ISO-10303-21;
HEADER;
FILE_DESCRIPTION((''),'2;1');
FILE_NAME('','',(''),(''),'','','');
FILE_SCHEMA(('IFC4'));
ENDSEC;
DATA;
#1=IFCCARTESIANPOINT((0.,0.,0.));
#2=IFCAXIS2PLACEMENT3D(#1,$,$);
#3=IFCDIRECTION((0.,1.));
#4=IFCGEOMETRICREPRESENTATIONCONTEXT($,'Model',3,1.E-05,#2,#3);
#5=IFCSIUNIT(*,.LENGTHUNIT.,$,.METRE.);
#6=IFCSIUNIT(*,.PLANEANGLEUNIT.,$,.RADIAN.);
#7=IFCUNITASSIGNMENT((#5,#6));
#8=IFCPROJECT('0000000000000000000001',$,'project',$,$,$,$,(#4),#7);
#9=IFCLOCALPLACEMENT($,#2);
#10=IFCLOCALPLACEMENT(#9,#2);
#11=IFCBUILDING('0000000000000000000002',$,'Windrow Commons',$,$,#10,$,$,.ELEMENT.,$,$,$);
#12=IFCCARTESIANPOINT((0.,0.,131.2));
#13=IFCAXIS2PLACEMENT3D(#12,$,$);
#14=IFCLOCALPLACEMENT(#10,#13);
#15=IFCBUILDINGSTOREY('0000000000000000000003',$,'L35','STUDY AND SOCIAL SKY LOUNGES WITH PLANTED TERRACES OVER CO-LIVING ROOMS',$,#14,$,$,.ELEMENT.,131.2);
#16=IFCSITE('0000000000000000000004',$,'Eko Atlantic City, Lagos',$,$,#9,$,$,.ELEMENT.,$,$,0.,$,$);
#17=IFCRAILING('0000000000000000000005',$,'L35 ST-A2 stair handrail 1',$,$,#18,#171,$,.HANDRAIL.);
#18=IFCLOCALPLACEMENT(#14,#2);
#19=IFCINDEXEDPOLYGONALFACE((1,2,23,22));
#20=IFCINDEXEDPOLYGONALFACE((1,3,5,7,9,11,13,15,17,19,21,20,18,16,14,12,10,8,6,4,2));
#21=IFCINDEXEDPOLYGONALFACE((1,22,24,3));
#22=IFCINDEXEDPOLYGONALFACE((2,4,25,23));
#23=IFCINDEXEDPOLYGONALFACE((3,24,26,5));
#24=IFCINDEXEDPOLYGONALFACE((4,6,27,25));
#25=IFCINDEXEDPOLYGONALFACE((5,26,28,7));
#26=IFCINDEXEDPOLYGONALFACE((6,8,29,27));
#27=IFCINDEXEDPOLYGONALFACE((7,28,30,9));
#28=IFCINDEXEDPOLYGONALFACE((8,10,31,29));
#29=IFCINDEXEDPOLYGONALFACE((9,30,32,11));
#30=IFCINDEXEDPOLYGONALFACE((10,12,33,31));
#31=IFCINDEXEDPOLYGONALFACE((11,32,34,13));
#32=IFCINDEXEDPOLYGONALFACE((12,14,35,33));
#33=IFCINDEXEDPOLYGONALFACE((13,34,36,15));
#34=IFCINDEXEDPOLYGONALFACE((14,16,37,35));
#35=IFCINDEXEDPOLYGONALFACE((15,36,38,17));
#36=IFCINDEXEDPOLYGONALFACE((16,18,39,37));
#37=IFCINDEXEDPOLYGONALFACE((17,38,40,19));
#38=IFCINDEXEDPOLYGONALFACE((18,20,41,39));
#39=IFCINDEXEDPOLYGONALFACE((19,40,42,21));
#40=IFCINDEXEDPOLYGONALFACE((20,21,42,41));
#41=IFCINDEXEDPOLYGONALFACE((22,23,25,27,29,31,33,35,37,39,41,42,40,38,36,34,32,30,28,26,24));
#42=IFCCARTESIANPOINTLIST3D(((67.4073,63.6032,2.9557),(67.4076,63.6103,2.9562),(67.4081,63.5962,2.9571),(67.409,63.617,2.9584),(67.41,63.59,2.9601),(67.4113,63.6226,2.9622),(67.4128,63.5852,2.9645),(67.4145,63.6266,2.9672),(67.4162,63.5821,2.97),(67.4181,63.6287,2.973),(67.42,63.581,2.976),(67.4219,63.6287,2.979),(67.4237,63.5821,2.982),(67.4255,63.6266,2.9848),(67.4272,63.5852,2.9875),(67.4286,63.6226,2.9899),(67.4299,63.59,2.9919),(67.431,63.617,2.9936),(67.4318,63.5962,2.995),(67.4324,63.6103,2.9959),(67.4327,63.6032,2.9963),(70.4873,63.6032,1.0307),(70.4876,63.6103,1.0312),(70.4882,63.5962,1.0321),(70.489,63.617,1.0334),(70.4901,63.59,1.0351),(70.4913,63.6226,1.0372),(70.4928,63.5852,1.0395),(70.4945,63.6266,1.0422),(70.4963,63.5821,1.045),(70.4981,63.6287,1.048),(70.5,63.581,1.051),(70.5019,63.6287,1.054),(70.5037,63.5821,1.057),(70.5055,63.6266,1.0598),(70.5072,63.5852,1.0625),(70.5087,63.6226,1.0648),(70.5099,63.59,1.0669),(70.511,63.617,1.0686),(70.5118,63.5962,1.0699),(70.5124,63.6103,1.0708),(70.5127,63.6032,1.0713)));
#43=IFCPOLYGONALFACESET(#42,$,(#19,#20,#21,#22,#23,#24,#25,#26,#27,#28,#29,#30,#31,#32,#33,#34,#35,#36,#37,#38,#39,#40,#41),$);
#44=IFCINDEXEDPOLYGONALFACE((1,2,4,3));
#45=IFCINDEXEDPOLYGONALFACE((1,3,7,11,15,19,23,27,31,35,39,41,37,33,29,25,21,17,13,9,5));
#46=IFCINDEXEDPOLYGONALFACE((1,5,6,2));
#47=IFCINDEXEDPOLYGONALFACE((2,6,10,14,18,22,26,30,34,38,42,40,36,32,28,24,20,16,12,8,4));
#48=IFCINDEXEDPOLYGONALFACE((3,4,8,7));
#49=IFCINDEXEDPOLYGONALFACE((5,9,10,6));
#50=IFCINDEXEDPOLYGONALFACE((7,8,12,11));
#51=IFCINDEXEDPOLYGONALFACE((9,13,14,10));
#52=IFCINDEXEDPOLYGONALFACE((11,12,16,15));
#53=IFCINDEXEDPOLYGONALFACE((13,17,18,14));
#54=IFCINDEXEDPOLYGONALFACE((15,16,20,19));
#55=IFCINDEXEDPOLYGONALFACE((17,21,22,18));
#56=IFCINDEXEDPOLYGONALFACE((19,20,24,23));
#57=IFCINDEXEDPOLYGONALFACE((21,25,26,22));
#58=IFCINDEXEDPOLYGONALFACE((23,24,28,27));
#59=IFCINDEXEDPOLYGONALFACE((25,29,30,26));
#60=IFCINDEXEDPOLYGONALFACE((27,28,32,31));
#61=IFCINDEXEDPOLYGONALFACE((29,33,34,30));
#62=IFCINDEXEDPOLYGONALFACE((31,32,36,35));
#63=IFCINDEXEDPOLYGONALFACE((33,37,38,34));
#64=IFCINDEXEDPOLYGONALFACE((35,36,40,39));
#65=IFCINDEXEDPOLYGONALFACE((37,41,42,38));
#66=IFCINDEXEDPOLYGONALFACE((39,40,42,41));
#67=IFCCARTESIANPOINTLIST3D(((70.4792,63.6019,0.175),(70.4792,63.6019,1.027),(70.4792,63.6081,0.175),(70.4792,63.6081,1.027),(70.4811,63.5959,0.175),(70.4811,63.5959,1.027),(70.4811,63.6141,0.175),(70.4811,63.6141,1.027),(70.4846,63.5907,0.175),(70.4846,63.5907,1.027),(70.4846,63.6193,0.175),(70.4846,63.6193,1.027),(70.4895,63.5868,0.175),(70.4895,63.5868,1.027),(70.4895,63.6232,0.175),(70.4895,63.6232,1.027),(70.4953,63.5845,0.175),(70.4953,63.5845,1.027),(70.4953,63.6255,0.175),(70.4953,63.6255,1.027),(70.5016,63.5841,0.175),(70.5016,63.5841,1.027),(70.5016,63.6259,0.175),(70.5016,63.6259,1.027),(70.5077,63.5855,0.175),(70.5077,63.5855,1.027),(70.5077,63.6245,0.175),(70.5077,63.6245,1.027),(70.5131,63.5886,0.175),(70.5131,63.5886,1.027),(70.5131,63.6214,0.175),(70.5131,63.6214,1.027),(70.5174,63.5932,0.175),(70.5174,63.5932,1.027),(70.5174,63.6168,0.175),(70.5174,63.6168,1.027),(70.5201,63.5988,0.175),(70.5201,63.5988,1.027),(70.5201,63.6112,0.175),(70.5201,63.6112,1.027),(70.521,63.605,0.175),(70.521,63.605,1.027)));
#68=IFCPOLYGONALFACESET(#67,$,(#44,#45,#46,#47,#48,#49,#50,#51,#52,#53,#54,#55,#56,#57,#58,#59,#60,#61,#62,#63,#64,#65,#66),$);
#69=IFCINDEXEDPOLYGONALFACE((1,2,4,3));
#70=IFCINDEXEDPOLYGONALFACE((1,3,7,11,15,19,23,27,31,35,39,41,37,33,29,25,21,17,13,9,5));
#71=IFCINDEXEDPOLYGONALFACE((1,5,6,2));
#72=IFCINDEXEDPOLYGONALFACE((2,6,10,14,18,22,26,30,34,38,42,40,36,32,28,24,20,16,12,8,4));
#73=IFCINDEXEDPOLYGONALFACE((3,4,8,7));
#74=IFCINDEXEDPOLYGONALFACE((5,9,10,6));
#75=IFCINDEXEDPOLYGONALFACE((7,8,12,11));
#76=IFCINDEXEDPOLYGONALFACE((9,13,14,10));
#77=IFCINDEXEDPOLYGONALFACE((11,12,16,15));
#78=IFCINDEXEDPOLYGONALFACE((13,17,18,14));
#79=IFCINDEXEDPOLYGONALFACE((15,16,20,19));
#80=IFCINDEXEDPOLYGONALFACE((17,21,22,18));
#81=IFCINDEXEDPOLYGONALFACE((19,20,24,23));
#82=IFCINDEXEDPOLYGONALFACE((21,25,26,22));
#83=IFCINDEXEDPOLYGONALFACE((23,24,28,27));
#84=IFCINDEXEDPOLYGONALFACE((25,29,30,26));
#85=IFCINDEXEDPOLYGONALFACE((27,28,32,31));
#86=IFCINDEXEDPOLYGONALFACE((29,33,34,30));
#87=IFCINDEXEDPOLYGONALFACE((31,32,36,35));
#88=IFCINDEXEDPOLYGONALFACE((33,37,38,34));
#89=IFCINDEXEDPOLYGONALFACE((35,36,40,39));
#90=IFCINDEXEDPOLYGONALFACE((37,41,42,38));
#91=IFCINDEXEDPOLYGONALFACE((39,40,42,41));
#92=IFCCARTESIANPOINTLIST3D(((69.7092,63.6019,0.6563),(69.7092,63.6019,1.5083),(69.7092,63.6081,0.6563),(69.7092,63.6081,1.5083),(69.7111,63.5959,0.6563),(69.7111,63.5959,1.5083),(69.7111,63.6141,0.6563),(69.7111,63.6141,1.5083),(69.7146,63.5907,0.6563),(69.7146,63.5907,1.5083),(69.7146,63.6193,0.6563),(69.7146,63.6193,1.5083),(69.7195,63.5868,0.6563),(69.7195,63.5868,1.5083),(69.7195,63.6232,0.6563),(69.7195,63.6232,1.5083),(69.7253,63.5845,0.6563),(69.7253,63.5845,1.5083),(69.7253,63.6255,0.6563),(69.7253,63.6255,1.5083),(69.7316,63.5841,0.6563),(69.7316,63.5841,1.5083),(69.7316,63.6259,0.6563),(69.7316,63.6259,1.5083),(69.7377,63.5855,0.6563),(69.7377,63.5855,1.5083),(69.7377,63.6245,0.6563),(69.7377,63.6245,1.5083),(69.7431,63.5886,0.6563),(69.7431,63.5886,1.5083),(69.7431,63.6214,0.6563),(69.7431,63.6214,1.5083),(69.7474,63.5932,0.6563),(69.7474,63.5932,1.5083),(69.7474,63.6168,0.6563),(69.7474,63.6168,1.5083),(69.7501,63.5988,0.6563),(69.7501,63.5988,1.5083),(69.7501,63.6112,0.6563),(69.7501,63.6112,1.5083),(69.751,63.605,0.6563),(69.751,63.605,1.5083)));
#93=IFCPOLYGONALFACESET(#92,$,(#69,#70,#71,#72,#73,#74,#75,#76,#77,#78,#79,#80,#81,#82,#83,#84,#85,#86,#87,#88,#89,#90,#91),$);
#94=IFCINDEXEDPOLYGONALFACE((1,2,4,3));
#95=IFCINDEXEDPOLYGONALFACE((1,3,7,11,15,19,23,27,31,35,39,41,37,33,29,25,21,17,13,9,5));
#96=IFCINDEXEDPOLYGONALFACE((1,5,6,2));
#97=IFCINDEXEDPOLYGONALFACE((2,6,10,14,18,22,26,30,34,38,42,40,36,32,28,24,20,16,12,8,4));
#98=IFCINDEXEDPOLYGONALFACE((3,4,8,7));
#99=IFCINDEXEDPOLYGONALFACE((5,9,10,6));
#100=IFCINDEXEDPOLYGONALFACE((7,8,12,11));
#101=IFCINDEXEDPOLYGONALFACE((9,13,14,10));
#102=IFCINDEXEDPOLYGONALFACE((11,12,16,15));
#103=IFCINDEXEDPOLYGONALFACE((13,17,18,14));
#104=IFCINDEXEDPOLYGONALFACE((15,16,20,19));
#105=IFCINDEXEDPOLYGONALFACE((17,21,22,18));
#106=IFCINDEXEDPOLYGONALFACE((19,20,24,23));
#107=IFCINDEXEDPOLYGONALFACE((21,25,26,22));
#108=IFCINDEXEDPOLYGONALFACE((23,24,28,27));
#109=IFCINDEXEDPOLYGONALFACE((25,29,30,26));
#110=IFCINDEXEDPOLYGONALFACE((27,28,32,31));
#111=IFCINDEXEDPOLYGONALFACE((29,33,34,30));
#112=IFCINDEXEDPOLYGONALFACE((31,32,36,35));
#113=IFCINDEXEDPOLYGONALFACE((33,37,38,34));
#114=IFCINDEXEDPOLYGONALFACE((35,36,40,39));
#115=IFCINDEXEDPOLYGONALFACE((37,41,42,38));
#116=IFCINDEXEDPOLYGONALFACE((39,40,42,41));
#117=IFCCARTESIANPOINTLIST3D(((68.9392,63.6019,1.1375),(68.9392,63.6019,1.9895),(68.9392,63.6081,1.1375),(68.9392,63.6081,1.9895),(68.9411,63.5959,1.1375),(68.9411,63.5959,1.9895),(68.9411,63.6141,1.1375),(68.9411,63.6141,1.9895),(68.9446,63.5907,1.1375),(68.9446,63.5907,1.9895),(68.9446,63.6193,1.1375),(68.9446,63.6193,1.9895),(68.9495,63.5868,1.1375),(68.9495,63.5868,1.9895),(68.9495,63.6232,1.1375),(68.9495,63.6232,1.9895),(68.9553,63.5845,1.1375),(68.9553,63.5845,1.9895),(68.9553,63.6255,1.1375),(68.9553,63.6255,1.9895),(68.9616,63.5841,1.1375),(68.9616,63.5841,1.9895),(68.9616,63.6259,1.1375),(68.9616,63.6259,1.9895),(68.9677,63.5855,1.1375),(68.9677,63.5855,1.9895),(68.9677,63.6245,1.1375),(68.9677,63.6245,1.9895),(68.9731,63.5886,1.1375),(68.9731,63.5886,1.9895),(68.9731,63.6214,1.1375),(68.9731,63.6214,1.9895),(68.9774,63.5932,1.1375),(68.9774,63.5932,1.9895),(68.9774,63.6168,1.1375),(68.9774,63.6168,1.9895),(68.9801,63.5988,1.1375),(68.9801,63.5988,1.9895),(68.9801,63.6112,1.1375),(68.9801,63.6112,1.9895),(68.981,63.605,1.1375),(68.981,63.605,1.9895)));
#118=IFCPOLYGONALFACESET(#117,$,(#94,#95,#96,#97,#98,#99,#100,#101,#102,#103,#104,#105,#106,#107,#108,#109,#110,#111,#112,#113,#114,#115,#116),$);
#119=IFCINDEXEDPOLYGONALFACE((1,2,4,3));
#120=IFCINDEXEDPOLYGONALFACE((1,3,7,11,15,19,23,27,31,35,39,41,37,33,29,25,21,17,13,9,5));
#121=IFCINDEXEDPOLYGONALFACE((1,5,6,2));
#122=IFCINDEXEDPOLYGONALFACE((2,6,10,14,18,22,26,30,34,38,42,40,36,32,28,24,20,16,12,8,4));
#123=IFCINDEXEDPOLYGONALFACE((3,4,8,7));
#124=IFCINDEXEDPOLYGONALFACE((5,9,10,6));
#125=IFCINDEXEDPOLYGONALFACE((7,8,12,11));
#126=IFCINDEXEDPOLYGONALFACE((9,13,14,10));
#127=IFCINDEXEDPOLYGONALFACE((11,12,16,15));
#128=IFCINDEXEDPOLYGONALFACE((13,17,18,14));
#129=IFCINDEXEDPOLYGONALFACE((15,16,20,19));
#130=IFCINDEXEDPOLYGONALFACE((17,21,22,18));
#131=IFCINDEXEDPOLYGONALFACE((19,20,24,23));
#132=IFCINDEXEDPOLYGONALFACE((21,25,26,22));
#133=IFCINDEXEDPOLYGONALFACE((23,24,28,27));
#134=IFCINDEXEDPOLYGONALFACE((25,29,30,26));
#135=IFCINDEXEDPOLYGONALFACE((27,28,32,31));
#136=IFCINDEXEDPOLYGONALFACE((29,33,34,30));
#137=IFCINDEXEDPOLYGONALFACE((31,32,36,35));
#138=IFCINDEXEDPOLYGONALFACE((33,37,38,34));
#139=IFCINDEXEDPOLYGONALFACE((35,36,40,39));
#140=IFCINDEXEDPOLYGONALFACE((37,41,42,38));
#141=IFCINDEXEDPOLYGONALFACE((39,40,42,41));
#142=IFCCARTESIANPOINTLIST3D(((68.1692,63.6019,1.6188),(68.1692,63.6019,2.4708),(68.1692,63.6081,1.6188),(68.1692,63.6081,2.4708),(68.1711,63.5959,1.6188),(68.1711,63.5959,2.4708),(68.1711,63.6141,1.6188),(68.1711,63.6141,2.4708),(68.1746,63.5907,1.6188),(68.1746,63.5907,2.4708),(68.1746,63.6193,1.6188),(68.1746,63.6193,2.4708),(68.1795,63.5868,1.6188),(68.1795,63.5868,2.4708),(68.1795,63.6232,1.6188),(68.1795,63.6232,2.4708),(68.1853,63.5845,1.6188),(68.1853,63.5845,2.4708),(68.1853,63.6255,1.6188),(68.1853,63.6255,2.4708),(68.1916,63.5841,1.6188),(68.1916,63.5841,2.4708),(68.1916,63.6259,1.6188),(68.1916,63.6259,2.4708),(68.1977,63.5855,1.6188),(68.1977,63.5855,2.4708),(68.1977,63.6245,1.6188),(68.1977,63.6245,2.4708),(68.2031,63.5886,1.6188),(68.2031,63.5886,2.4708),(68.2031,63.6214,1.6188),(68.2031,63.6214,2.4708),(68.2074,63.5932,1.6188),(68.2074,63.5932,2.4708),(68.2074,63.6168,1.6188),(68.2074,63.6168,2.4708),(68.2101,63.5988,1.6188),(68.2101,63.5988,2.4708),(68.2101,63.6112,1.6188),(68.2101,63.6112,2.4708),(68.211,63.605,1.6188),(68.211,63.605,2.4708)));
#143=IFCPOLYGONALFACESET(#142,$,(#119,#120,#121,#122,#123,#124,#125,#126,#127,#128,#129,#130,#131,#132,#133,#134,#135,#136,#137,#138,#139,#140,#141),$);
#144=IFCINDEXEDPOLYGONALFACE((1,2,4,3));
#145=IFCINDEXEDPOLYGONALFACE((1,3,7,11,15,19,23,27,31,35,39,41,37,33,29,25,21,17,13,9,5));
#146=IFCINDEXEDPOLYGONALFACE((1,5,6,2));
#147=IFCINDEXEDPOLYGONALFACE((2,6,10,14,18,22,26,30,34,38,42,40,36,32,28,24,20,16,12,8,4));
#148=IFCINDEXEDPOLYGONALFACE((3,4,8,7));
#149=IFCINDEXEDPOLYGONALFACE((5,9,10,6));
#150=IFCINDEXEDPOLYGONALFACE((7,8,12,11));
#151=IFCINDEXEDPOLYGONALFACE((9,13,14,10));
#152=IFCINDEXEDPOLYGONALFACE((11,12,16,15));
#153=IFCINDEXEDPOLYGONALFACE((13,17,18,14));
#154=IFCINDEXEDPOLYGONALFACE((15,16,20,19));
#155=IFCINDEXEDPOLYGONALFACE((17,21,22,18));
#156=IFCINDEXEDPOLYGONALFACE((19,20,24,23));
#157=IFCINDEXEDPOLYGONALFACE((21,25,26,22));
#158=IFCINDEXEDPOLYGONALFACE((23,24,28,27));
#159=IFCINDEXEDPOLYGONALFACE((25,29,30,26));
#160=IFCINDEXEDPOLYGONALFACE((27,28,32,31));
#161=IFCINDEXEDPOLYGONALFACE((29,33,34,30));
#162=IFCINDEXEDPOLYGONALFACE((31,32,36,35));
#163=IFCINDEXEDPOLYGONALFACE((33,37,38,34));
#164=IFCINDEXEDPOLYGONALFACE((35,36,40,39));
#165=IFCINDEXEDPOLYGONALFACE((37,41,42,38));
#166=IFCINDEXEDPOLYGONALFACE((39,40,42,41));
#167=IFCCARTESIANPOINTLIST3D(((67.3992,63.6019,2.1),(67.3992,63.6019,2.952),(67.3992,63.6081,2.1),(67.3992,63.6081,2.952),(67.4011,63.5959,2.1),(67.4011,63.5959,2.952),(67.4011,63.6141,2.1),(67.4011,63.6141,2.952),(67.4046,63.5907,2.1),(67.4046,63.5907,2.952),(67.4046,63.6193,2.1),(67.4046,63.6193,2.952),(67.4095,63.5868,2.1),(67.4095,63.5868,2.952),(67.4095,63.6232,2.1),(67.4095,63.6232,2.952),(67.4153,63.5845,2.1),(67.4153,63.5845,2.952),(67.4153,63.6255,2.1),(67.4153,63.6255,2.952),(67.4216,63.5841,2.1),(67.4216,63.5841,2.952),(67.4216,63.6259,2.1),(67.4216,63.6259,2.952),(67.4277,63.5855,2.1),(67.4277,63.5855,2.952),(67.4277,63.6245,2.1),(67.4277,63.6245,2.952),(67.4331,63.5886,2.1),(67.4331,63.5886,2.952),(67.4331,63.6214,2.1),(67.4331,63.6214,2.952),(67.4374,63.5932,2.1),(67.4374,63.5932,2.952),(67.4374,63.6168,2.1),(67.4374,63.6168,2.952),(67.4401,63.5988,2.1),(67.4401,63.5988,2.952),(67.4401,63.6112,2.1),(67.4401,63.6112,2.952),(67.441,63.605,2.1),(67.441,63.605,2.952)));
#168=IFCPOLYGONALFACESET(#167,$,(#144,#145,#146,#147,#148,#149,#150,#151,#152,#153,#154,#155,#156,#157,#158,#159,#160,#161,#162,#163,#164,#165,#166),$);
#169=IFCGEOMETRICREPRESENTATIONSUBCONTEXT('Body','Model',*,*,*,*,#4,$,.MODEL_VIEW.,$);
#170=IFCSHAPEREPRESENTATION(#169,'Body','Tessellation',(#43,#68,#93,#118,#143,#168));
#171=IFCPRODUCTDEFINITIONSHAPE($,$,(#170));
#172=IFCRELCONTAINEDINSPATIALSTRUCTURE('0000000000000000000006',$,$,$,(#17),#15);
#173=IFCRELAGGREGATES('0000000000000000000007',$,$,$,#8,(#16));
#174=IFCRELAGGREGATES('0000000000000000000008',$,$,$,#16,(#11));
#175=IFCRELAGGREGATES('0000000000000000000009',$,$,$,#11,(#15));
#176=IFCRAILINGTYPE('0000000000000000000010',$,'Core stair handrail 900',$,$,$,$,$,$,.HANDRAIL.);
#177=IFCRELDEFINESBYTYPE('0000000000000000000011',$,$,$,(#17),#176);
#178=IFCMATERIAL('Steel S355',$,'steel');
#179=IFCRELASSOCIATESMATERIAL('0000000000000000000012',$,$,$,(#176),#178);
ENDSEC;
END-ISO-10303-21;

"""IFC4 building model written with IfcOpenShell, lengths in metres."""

from ifc_helpers import new_model, si_unit, direction, frame, origin, origin_2d, place, context, subcontext, project, spatial, circle, extrude, material, type_object, element, save


model = new_model("IFC4")

# Units and contexts
model_context = context("Model", 3, precision=1e-05, world=origin(), true_north=direction((0.0, 1.0)))
body_context = subcontext(model_context, "Body", "Model", "MODEL_VIEW")
ifc_project = project(units=[si_unit("LENGTHUNIT", "METRE"), si_unit("PLANEANGLEUNIT", "RADIAN")], contexts=[model_context])

# Site, building, storey
site_placement = place(None, origin())
site = spatial("IfcSite", under=ifc_project, at=site_placement, Name="Eko Atlantic City, Lagos", CompositionType="ELEMENT", RefElevation=0.0)
building_placement = place(site_placement, origin())
building = spatial("IfcBuilding", under=site, at=building_placement, Name="Windrow Commons", CompositionType="ELEMENT")
storey_placement = place(building_placement, frame((0.0, 0.0, 131.2)))
storey = spatial("IfcBuildingStorey", under=building, at=storey_placement, Name="L35", Description="STUDY AND SOCIAL SKY LOUNGES WITH PLANTED TERRACES OVER CO-LIVING ROOMS", CompositionType="ELEMENT", Elevation=131.2)

# Railing
ifc_material_1 = material(Name="Steel S355", Category="steel")
railing_type_1 = type_object("IfcRailingType", Name="Core stair handrail 900", PredefinedType="HANDRAIL", material=ifc_material_1)
railing_1_placement = place(storey_placement, frame((70.5, 63.605, 0.175)))
element("IfcRailing", 1, at=railing_1_placement, inside=storey, type_object=railing_type_1, Name="L35 ST-A2 stair handrail 1", PredefinedType="HANDRAIL", context=body_context, shape_type="SweptSolid", body=[
    extrude(circle(Radius=0.024, at=origin_2d()), frame((0.0, 0.0, 0.876), z_axis=(-0.847998, 0.0, 0.529999), x_axis=(0.0, -1.0, 0.0)), (0.0, 0.0, 1.0), 3.6321),
    extrude(circle(Radius=0.021, at=origin_2d()), origin(), (0.0, 0.0, 1.0), 0.852),
    extrude(circle(Radius=0.021, at=origin_2d()), frame((-0.77, 0.0, 0.4813)), (0.0, 0.0, 1.0), 0.852),
    extrude(circle(Radius=0.021, at=origin_2d()), frame((-1.54, 0.0, 0.9625)), (0.0, 0.0, 1.0), 0.852),
    extrude(circle(Radius=0.021, at=origin_2d()), frame((-2.31, 0.0, 1.4438)), (0.0, 0.0, 1.0), 0.852),
    extrude(circle(Radius=0.021, at=origin_2d()), frame((-3.08, 0.0, 1.925)), (0.0, 0.0, 1.0), 0.852),
])

save(model, "model.ifc")
